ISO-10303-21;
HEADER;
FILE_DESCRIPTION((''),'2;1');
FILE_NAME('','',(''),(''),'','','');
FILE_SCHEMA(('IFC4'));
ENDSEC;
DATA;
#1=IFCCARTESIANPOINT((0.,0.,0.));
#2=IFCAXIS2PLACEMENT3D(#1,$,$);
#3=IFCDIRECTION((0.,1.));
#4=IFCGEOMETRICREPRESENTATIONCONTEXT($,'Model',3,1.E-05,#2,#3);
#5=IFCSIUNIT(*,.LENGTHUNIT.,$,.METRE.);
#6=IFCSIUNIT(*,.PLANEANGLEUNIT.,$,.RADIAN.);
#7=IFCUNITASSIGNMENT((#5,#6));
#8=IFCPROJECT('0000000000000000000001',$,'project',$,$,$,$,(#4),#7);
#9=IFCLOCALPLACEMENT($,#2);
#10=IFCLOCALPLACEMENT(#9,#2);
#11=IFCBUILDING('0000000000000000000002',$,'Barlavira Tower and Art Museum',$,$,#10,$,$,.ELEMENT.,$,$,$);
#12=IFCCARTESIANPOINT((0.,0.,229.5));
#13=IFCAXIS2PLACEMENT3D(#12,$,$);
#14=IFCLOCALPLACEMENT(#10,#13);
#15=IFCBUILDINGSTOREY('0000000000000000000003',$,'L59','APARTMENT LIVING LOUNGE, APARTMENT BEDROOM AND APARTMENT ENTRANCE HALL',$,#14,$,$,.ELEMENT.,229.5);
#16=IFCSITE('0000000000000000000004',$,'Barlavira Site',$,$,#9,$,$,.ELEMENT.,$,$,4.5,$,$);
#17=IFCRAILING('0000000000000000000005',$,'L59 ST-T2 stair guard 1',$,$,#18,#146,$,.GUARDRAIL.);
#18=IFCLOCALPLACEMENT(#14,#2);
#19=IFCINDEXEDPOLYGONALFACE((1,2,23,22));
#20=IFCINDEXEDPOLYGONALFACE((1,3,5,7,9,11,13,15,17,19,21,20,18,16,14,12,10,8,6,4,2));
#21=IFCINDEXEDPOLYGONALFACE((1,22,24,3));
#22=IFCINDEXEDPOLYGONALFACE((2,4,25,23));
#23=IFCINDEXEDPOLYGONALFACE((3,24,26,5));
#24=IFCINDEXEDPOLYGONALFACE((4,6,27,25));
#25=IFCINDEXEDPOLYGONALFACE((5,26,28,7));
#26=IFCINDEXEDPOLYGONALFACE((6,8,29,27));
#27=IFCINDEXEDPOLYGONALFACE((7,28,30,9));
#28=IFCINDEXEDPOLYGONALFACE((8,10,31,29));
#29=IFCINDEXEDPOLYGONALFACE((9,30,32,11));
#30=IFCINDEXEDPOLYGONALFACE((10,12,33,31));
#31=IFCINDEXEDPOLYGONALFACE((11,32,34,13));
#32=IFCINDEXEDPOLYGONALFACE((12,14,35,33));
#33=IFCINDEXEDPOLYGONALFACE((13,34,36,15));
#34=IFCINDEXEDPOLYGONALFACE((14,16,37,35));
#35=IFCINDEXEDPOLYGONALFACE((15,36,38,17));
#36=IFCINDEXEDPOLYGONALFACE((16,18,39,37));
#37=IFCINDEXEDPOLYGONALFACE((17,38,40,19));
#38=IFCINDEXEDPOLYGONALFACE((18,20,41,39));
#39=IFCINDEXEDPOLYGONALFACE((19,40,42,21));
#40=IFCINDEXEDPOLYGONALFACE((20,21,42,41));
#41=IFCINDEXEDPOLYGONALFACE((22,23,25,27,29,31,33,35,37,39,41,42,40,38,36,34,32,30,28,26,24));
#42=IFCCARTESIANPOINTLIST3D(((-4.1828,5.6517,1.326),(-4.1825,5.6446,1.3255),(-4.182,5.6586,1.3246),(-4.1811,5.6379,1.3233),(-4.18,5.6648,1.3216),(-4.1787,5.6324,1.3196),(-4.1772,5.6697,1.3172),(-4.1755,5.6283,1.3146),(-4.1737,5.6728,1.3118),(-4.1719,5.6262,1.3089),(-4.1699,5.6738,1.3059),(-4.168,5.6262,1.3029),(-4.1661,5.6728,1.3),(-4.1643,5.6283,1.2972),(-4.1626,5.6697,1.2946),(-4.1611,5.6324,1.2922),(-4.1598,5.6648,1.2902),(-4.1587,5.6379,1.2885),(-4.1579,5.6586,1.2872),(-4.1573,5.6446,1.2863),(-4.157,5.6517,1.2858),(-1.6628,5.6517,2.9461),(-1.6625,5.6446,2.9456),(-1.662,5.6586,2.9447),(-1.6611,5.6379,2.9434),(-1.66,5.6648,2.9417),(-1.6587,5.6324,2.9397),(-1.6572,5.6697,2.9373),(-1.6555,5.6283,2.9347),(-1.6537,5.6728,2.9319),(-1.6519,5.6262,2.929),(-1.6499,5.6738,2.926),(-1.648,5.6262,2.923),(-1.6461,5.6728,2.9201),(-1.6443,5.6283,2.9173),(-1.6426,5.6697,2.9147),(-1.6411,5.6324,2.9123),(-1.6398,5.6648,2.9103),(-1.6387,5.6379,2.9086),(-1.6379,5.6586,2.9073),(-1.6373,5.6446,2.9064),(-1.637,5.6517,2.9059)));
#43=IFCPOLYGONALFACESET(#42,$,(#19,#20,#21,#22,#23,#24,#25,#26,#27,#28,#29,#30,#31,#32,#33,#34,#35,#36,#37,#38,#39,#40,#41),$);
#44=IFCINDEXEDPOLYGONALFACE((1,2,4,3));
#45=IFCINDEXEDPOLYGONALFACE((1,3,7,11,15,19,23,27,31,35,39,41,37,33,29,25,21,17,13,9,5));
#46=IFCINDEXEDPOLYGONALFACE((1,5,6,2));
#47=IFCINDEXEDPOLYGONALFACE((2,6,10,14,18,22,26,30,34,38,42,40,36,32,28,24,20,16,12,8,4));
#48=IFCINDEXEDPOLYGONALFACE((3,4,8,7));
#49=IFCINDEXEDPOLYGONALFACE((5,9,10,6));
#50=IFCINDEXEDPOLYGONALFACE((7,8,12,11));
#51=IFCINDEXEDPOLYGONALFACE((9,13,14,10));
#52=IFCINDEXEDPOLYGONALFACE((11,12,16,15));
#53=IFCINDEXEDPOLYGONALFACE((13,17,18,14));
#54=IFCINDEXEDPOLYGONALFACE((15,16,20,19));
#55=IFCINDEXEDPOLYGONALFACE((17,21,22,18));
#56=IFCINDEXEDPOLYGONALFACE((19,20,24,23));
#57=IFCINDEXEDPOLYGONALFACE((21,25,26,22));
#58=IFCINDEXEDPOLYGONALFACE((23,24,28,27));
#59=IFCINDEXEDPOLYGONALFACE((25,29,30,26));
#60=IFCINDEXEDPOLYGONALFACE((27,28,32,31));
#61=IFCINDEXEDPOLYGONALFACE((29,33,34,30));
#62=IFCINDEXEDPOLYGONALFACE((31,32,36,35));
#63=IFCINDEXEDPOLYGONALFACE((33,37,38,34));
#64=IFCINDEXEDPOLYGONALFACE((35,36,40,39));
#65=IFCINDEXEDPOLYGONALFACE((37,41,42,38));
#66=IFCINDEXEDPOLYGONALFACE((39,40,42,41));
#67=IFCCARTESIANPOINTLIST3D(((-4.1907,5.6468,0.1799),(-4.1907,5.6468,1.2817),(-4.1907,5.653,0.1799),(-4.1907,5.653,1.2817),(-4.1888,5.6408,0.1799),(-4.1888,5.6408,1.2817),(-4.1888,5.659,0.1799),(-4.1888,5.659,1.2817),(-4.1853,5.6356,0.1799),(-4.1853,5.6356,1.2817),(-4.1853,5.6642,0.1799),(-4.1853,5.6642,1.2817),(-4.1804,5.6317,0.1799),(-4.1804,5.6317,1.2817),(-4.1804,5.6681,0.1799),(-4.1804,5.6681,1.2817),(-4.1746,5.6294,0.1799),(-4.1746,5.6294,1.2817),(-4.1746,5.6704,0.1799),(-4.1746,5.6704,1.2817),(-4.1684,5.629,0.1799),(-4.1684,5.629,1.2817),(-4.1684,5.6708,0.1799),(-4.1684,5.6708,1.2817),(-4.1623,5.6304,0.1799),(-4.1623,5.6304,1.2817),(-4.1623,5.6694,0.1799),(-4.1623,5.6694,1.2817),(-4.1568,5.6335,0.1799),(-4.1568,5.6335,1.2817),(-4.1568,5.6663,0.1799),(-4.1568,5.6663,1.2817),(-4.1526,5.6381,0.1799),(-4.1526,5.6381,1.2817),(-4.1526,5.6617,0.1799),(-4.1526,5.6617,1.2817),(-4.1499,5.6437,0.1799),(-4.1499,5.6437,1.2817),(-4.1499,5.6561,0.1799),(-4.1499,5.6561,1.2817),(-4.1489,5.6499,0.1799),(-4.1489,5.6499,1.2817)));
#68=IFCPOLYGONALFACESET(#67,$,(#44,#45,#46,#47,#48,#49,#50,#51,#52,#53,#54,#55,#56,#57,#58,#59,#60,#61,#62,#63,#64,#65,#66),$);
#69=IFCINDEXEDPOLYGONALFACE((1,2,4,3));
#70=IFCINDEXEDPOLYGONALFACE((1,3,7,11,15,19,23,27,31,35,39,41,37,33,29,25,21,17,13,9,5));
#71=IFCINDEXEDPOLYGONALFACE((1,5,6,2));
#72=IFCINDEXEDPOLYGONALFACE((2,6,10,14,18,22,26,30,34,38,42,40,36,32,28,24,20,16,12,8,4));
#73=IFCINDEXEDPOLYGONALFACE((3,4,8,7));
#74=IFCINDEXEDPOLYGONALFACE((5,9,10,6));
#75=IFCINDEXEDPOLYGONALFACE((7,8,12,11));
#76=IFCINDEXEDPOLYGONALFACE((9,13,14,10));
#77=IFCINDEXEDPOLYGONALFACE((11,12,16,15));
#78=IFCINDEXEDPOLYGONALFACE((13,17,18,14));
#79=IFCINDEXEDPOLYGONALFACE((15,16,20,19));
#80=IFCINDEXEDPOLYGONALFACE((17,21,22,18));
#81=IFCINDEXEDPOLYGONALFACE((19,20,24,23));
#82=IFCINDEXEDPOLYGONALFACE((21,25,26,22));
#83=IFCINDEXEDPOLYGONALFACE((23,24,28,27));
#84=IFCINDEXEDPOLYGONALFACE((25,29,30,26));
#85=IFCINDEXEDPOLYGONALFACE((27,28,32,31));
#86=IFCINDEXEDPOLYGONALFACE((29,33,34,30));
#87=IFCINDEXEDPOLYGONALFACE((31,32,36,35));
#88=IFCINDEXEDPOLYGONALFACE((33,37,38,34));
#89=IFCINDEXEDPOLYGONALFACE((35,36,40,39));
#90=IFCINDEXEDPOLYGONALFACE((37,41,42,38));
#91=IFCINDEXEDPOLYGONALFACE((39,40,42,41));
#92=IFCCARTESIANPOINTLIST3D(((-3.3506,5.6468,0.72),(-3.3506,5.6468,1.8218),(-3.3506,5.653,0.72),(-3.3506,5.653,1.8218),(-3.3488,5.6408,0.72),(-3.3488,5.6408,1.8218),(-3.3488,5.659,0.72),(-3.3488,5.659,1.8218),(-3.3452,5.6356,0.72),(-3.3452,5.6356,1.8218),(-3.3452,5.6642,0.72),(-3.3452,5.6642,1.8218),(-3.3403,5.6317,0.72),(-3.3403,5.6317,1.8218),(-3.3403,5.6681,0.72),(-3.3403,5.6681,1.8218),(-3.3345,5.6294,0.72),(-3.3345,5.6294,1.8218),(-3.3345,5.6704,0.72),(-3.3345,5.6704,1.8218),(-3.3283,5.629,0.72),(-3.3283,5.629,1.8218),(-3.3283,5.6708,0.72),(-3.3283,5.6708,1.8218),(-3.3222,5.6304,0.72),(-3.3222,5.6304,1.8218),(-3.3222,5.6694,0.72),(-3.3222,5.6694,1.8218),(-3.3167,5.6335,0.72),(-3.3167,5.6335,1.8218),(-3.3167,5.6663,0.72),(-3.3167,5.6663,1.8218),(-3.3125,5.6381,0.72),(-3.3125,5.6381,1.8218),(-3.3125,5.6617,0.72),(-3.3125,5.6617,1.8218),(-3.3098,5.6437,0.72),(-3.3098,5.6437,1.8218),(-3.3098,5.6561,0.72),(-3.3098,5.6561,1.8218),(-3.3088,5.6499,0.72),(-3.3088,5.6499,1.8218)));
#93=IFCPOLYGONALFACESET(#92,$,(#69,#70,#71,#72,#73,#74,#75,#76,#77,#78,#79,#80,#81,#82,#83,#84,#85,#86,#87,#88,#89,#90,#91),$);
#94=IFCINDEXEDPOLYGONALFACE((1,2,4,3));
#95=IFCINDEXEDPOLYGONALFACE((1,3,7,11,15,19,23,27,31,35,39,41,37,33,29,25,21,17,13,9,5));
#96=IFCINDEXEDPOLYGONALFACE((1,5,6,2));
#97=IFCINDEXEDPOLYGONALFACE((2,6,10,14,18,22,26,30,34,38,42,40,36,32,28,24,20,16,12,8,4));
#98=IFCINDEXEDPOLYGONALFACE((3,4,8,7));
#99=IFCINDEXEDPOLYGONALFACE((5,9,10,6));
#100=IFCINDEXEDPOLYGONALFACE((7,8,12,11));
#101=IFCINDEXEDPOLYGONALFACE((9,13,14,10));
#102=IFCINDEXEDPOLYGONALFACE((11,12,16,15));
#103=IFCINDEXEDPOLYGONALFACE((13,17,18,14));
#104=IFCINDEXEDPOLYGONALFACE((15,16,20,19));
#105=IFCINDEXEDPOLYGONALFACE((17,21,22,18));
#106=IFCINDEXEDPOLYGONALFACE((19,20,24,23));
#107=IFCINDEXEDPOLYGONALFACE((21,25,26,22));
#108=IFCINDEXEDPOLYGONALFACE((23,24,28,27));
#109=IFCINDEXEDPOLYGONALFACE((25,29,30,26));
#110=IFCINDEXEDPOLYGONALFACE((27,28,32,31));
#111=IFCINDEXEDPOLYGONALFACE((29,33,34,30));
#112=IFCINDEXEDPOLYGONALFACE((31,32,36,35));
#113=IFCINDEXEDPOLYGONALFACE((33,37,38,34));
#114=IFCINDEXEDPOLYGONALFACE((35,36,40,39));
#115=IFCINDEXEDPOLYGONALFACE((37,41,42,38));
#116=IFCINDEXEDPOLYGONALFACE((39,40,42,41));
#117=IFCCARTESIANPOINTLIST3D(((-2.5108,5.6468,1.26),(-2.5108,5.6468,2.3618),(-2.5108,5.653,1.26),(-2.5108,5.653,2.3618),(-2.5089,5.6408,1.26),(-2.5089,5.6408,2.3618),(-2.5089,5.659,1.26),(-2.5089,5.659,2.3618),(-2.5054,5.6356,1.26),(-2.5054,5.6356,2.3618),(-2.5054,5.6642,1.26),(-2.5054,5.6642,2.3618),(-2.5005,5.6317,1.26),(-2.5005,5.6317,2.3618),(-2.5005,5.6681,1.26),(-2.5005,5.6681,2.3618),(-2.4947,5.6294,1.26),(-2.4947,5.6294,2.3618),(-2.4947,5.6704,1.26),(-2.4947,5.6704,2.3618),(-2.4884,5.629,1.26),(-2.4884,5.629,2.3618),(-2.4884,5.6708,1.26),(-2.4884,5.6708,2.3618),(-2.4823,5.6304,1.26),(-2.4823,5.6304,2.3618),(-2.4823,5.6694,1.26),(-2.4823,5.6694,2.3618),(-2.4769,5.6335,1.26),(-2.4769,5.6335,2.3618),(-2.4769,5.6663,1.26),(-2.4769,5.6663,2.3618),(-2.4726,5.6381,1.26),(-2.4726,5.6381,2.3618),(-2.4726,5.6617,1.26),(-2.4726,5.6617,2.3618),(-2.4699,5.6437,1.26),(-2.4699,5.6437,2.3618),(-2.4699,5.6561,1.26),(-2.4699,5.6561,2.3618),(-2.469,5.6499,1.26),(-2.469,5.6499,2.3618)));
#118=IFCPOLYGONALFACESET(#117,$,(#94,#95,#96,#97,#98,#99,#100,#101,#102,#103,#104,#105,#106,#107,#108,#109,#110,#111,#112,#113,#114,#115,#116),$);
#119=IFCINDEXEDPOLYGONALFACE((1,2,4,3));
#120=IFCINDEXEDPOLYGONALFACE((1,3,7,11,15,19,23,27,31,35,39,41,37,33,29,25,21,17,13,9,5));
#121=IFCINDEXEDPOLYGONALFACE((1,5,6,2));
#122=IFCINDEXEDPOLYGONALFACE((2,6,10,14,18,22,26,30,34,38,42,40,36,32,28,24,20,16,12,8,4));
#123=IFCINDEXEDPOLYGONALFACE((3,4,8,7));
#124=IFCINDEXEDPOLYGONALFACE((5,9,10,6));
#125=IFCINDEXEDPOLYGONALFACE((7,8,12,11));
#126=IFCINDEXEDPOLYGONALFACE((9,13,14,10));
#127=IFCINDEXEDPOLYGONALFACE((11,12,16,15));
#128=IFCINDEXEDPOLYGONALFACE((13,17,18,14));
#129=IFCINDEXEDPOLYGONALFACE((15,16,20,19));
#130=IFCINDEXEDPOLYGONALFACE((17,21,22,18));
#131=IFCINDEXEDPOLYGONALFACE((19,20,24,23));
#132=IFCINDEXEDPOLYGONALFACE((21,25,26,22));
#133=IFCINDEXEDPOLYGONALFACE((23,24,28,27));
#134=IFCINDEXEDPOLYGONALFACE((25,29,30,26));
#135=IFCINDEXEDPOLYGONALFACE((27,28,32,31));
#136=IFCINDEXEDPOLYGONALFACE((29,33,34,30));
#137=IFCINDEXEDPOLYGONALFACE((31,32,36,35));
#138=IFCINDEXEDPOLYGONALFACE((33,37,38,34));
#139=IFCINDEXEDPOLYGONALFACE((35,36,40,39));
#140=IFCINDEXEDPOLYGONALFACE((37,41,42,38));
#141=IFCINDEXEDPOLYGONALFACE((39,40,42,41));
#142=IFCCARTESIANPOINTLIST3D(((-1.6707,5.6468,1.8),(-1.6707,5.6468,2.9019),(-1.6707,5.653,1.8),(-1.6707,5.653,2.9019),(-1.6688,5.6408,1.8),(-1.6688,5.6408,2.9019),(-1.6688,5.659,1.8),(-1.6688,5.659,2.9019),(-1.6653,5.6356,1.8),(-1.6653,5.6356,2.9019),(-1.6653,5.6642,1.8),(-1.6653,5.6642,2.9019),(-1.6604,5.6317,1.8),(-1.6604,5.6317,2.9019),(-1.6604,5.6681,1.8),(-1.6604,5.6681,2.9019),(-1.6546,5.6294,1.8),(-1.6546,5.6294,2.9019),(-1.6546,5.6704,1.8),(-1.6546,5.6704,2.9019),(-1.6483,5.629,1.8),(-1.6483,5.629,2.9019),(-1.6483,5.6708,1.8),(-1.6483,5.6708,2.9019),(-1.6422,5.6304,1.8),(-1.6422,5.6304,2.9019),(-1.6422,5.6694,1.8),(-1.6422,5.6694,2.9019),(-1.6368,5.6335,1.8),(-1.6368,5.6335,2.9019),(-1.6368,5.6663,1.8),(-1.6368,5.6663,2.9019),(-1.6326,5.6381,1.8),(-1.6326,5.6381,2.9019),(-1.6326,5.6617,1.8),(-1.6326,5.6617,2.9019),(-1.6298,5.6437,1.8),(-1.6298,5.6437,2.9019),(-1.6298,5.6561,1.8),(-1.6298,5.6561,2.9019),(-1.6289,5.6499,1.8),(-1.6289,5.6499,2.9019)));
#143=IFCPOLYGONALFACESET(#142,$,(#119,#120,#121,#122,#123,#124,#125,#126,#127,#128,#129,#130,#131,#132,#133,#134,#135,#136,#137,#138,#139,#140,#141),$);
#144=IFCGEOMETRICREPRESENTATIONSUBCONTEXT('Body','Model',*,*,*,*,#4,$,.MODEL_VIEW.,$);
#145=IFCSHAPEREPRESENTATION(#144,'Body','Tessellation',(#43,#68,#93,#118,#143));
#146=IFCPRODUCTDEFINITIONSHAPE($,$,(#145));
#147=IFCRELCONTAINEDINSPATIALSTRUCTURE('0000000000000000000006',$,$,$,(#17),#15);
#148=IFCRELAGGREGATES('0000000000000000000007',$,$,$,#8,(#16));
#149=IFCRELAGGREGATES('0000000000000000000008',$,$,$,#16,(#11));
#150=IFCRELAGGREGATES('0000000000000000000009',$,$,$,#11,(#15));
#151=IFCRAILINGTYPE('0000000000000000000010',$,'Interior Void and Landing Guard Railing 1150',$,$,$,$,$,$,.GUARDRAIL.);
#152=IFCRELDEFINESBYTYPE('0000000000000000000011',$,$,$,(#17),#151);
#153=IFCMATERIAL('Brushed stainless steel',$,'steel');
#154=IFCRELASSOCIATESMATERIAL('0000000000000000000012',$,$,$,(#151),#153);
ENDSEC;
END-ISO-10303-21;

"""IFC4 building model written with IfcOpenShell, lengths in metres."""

from ifc_helpers import new_model, si_unit, direction, frame, origin, origin_2d, place, context, subcontext, project, spatial, circle, extrude, material, type_object, element, save


model = new_model("IFC4")

# Units and contexts
model_context = context("Model", 3, precision=1e-05, world=origin(), true_north=direction((0.0, 1.0)))
body_context = subcontext(model_context, "Body", "Model", "MODEL_VIEW")
ifc_project = project(units=[si_unit("LENGTHUNIT", "METRE"), si_unit("PLANEANGLEUNIT", "RADIAN")], contexts=[model_context])

# Site, building, storey
site_placement = place(None, origin())
site = spatial("IfcSite", under=ifc_project, at=site_placement, Name="Barlavira Site", CompositionType="ELEMENT", RefElevation=4.5)
building_placement = place(site_placement, origin())
building = spatial("IfcBuilding", under=site, at=building_placement, Name="Barlavira Tower and Art Museum", CompositionType="ELEMENT")
storey_placement = place(building_placement, frame((0.0, 0.0, 229.5)))
storey = spatial("IfcBuildingStorey", under=building, at=storey_placement, Name="L59", Description="APARTMENT LIVING LOUNGE, APARTMENT BEDROOM AND APARTMENT ENTRANCE HALL", CompositionType="ELEMENT", Elevation=229.5)

# Shared definitions
ifc_material_1 = material(Name="Brushed stainless steel", Category="steel")

# Railing
railing_type_1 = type_object("IfcRailingType", Name="Interior Void and Landing Guard Railing 1150", PredefinedType="GUARDRAIL", material=ifc_material_1)
railing_1_placement = place(storey_placement, frame((-4.1699, 5.6499, 0.1799)))
element("IfcRailing", 1, at=railing_1_placement, inside=storey, type_object=railing_type_1, Name="L59 ST-T2 stair guard 1", PredefinedType="GUARDRAIL", context=body_context, shape_type="SweptSolid", body=[
    extrude(circle(Radius=0.0239, at=origin_2d()), frame((0.0, 0.0, 1.126), z_axis=(0.841163, 0.0, 0.540782), x_axis=(0.0, 1.0, 0.0)), (0.0, 0.0, 1.0), 2.9958),
    extrude(circle(Radius=0.021, at=origin_2d()), origin(), (0.0, 0.0, 1.0), 1.1018),
    extrude(circle(Radius=0.021, at=origin_2d()), frame((0.8401, 0.0, 0.54)), (0.0, 0.0, 1.0), 1.1018),
    extrude(circle(Radius=0.021, at=origin_2d()), frame((1.6799, 0.0, 1.0801)), (0.0, 0.0, 1.0), 1.1018),
    extrude(circle(Radius=0.021, at=origin_2d()), frame((2.52, 0.0, 1.6201)), (0.0, 0.0, 1.0), 1.1018),
])

save(model, "model.ifc")
